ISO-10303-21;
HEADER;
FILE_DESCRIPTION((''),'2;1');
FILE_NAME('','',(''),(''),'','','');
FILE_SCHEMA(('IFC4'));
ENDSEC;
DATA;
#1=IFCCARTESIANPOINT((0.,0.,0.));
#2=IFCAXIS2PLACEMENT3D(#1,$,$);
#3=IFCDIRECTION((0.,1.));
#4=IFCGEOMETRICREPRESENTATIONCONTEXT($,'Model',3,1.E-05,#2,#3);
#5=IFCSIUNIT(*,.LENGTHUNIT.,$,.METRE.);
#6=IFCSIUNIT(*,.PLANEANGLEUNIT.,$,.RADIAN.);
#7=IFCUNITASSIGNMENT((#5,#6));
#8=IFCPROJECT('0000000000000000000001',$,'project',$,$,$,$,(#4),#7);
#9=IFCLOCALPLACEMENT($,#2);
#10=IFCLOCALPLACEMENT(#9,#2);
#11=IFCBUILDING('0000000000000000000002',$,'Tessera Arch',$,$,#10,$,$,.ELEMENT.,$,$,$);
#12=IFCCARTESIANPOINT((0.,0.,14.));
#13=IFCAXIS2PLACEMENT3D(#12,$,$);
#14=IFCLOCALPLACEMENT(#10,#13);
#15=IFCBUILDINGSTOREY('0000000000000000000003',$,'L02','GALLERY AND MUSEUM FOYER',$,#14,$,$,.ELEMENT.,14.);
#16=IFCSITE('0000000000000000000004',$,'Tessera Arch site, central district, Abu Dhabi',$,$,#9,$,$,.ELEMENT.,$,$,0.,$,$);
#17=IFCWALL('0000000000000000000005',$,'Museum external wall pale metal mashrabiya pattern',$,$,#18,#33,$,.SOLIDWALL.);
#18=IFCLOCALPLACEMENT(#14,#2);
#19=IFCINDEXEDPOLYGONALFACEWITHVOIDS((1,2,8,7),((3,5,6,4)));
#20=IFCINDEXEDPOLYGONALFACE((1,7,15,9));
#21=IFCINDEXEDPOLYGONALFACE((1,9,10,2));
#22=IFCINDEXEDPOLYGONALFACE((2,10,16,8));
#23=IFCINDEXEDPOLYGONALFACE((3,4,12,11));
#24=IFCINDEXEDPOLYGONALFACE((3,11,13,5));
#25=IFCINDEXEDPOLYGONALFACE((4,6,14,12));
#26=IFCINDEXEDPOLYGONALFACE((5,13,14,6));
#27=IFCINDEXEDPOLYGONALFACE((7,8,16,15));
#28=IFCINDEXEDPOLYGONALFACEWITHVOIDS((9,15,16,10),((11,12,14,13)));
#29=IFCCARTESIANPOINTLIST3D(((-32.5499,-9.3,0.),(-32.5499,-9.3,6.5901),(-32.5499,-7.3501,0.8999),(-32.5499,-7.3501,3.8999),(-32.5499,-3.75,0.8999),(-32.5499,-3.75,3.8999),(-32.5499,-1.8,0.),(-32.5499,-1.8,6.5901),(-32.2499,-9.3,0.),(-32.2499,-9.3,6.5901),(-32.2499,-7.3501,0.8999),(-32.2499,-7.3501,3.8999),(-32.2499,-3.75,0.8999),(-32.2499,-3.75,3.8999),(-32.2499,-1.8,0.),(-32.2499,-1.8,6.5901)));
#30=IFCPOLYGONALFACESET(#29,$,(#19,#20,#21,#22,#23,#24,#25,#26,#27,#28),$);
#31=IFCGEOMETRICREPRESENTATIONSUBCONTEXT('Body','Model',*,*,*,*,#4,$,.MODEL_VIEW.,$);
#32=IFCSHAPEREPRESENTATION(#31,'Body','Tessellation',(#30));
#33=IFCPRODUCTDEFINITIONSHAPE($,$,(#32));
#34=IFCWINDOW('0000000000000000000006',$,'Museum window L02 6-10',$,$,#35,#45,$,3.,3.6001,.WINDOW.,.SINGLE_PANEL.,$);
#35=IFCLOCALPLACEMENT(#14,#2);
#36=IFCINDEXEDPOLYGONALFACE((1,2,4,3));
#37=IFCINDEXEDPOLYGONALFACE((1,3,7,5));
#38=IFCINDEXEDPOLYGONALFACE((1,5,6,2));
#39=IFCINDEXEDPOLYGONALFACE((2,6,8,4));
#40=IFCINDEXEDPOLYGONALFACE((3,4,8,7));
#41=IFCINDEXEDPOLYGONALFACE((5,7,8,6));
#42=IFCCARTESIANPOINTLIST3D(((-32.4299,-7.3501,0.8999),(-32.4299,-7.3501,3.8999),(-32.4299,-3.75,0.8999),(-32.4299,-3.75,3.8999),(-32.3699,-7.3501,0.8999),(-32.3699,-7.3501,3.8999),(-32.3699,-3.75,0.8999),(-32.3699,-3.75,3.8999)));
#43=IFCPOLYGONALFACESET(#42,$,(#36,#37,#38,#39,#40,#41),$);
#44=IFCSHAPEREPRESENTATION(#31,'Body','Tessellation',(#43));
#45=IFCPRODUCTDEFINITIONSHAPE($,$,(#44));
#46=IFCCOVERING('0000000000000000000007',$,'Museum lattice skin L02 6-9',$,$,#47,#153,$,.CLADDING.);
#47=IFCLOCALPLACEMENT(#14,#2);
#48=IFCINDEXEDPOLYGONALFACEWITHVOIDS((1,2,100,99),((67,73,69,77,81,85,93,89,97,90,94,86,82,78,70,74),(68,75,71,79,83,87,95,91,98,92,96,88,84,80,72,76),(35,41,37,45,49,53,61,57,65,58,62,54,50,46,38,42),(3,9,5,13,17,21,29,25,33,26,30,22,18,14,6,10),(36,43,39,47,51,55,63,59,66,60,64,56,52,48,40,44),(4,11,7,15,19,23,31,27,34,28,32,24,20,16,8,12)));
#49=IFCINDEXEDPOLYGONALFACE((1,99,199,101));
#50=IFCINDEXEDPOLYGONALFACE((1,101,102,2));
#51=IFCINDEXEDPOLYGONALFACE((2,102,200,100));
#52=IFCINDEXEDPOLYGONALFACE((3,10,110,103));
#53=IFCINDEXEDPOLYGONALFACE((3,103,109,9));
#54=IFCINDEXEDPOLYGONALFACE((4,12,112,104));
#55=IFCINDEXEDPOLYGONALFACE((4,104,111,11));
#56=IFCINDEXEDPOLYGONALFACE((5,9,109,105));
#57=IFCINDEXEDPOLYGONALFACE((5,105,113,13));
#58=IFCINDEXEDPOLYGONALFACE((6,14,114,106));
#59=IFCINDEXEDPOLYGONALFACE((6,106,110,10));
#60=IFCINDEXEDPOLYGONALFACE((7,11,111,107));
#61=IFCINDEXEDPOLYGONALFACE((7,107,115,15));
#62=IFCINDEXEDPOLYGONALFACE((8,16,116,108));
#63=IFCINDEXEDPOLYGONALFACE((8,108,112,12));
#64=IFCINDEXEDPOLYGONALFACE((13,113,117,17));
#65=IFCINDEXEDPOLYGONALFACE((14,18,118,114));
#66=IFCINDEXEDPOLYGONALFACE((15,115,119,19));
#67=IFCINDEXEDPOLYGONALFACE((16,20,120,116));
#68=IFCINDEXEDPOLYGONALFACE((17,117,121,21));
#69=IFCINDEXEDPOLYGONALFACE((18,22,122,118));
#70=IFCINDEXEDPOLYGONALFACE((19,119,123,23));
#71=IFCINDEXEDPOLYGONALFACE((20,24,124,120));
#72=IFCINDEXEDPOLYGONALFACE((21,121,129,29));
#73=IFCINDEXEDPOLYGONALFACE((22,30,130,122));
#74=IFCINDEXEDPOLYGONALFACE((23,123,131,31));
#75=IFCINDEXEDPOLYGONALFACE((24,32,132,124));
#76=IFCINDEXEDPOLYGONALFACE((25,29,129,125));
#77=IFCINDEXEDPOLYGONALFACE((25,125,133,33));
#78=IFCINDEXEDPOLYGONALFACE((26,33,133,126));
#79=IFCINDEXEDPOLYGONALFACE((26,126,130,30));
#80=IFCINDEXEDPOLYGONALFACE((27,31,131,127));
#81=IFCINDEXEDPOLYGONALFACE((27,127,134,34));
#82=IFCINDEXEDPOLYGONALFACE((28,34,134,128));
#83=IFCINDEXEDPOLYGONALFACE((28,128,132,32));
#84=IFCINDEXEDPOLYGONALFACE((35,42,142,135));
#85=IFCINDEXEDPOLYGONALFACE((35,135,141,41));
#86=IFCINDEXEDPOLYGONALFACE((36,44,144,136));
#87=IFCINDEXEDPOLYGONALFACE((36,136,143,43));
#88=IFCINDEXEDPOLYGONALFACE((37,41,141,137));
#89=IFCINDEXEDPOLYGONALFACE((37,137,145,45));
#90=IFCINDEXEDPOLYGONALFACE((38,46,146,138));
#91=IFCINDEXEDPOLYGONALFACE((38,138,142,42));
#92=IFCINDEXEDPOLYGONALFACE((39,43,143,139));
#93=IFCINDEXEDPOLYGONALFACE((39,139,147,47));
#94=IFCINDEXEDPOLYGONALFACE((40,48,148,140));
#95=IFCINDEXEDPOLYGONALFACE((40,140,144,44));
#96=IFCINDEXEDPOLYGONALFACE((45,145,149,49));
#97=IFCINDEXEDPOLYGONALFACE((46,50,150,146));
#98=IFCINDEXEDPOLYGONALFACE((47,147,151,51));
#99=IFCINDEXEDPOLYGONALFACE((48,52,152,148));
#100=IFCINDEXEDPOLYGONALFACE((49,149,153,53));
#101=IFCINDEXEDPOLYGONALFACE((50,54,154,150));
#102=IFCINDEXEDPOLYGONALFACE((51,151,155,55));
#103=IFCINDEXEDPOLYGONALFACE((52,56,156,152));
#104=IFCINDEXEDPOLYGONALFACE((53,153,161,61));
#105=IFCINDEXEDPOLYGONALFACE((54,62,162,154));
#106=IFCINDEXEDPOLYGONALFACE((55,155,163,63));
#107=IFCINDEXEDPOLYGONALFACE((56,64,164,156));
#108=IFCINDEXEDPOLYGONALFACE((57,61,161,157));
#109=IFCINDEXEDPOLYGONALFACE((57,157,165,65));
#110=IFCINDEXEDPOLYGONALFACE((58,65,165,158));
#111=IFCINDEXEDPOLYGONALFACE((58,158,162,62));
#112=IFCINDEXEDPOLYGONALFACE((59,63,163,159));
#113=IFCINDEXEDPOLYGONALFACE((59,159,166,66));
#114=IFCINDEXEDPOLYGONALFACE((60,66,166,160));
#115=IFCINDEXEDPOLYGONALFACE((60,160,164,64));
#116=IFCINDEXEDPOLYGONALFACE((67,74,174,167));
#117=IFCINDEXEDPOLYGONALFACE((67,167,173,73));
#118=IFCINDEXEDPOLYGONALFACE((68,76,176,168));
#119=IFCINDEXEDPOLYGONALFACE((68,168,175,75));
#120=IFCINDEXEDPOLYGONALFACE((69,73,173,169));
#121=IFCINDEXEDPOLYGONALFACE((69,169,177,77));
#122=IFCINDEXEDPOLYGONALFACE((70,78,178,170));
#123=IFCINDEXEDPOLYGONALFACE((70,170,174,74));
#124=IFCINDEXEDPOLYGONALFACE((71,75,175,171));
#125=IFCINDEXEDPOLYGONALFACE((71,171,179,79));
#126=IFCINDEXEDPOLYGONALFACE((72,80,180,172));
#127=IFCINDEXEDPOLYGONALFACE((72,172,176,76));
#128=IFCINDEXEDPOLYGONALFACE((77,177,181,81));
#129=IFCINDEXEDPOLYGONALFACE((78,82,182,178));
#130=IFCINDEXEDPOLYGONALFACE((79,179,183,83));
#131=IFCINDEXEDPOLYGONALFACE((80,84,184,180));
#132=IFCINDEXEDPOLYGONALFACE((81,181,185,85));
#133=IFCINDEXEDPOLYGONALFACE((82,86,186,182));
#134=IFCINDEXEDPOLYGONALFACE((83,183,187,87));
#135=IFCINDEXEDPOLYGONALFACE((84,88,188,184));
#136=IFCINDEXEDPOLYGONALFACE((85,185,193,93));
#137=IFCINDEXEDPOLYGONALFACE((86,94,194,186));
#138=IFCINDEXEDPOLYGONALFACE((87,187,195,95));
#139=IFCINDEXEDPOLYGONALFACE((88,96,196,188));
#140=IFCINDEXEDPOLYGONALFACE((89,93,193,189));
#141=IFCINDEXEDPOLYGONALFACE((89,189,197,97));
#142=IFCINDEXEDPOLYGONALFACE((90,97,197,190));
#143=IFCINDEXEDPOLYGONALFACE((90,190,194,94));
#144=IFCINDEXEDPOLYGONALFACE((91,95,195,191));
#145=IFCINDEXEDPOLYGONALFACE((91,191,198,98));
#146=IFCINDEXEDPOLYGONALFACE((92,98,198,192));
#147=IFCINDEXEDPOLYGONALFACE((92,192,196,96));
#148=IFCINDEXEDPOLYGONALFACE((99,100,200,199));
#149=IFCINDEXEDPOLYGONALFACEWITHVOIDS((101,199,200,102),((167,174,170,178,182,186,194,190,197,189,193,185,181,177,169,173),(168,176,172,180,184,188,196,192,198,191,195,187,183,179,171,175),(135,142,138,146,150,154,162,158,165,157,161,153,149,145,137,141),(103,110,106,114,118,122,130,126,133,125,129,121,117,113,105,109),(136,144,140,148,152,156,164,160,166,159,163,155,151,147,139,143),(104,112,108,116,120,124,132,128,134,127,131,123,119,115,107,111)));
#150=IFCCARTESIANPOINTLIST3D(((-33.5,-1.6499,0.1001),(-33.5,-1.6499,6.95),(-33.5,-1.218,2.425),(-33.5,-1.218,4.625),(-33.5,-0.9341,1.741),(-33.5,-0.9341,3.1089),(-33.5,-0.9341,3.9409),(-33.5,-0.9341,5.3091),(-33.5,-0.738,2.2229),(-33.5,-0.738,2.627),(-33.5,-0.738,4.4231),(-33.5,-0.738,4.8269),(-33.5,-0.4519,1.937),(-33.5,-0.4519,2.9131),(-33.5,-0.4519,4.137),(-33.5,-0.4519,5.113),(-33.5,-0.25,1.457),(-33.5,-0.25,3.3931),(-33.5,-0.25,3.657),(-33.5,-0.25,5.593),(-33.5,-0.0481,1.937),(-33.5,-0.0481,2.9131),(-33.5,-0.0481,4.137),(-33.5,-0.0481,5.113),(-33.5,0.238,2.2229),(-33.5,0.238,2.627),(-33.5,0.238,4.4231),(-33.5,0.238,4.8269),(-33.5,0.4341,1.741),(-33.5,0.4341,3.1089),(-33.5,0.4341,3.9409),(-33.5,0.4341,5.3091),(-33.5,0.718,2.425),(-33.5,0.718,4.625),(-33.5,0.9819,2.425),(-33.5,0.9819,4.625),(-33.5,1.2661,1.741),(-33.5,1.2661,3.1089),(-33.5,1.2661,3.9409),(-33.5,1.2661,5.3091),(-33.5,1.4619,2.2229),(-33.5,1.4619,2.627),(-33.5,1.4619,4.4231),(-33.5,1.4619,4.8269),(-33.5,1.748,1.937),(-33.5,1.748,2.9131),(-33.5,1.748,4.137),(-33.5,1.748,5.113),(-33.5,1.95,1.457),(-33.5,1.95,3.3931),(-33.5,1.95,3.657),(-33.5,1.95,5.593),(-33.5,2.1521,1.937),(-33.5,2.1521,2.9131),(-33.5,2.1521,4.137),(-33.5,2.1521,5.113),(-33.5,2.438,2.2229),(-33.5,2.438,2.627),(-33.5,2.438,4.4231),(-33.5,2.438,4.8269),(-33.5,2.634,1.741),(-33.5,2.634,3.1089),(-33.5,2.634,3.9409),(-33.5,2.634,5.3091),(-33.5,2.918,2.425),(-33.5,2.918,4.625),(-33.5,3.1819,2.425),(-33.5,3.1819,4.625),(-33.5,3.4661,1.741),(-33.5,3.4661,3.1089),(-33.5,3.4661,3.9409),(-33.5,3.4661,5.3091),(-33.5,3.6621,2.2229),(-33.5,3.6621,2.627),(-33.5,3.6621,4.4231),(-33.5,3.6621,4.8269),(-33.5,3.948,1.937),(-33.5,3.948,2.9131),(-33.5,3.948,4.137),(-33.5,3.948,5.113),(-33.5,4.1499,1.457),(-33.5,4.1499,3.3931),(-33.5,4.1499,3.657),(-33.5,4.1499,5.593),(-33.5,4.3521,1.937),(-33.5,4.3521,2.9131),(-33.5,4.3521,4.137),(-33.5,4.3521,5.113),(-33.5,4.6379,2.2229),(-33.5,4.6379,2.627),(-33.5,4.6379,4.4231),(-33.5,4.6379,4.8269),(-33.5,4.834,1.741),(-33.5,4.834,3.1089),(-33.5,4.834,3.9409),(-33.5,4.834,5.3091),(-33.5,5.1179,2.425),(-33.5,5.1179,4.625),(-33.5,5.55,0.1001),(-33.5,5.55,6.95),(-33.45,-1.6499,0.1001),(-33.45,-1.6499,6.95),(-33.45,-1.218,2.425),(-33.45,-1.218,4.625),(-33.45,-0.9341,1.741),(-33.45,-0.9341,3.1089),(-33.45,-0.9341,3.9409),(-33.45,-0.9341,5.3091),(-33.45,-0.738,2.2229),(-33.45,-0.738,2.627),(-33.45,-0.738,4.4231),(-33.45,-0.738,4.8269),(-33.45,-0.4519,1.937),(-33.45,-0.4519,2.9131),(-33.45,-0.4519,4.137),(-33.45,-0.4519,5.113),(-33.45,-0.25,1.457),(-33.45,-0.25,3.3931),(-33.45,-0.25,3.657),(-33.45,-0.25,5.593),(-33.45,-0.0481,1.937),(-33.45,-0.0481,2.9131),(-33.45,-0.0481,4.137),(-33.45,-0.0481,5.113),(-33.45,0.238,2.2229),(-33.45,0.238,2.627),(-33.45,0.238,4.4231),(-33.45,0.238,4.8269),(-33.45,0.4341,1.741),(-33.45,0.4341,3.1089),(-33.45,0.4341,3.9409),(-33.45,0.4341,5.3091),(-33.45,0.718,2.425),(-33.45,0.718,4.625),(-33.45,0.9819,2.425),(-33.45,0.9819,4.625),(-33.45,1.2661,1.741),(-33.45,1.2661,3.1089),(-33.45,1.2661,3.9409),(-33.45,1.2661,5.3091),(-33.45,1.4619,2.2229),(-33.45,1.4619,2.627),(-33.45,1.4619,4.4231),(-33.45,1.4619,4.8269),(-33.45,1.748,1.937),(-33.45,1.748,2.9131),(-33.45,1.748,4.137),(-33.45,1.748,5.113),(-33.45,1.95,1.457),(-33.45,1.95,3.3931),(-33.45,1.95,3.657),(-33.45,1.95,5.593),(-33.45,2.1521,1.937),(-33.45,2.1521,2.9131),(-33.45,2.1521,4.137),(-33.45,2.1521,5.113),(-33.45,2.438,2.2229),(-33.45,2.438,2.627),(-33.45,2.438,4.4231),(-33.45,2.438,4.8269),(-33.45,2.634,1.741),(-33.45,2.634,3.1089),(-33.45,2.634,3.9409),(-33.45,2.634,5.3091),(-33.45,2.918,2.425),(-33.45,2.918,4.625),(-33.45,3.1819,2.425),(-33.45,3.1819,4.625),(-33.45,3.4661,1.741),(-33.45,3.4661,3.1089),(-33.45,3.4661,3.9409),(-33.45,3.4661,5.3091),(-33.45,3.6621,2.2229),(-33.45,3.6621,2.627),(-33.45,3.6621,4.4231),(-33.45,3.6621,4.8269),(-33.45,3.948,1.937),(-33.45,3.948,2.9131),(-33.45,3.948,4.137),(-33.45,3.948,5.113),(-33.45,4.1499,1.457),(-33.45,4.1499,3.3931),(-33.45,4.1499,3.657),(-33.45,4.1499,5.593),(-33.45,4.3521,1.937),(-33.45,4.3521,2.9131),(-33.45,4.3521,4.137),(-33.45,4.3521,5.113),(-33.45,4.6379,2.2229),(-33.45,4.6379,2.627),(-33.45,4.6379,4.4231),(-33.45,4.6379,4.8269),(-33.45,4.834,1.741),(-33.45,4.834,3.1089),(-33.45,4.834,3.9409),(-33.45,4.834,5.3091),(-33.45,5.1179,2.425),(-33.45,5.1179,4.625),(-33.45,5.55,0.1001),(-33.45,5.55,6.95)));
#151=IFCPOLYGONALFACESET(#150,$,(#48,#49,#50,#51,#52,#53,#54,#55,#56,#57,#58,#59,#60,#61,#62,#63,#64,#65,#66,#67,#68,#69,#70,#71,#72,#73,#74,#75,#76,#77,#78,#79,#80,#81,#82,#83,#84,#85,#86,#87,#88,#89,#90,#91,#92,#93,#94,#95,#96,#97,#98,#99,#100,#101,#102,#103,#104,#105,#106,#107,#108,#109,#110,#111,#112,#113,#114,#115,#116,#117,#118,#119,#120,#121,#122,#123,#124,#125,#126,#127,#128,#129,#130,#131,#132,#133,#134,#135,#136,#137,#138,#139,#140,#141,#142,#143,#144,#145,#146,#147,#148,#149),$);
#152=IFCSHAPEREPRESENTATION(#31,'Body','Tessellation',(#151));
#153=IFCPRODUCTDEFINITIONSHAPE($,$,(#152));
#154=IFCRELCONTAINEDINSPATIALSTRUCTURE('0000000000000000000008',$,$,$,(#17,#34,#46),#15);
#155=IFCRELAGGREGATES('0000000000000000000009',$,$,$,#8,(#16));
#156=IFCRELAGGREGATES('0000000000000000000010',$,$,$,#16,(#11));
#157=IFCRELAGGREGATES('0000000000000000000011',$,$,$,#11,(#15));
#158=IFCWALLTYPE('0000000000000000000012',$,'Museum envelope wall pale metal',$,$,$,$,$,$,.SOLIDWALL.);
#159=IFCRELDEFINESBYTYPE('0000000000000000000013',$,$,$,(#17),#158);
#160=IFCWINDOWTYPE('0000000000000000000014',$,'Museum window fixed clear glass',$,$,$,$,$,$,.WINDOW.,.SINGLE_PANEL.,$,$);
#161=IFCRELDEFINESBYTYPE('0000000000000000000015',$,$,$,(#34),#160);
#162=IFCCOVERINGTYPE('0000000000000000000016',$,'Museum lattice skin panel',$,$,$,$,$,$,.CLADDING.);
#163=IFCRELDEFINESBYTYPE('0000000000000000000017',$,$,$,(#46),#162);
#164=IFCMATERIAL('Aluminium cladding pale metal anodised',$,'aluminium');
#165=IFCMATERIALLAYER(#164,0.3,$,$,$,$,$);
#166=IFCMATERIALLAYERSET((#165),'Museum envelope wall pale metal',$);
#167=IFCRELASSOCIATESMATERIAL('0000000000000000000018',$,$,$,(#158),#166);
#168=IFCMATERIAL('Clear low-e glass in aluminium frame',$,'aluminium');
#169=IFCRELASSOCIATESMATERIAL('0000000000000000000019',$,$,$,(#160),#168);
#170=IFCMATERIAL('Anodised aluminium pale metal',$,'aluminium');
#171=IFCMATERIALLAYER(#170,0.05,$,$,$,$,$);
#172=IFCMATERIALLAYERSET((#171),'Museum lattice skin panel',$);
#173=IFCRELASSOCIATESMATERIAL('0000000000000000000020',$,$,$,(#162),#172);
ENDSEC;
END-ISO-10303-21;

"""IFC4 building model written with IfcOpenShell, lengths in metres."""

from ifc_helpers import new_model, si_unit, direction, frame, frame_2d, origin, place, context, subcontext, project, spatial, polyline, rectangle, outline, extrude, material, layer, layer_set, type_object, element, fill, save


model = new_model("IFC4")

# Units and contexts
model_context = context("Model", 3, precision=1e-05, world=origin(), true_north=direction((0.0, 1.0)))
body_context = subcontext(model_context, "Body", "Model", "MODEL_VIEW")
ifc_project = project(units=[si_unit("LENGTHUNIT", "METRE"), si_unit("PLANEANGLEUNIT", "RADIAN")], contexts=[model_context])

# Site, building, storey
site_placement = place(None, origin())
site = spatial("IfcSite", under=ifc_project, at=site_placement, Name="Tessera Arch site, central district, Abu Dhabi", CompositionType="ELEMENT", RefElevation=0.0)
building_placement = place(site_placement, origin())
building = spatial("IfcBuilding", under=site, at=building_placement, Name="Tessera Arch", CompositionType="ELEMENT")
storey_placement = place(building_placement, frame((0.0, 0.0, 14.0)))
storey = spatial("IfcBuildingStorey", under=building, at=storey_placement, Name="L02", Description="GALLERY AND MUSEUM FOYER", CompositionType="ELEMENT", Elevation=14.0)

# Wall, opening, window
ifc_material_1 = material(Name="Aluminium cladding pale metal anodised", Category="aluminium")
ifc_layer_1 = layer(ifc_material_1, 0.3)
ifc_layer_set_1 = layer_set([ifc_layer_1], Name="Museum envelope wall pale metal")
wall_type = type_object("IfcWallType", Name="Museum envelope wall pale metal", PredefinedType="SOLIDWALL", material=ifc_layer_set_1)
ifc_material_2 = material(Name="Clear low-e glass in aluminium frame", Category="aluminium")
window_type = type_object("IfcWindowType", Name="Museum window fixed clear glass", PartitioningType="SINGLE_PANEL", PredefinedType="WINDOW", material=ifc_material_2)
wall_1_placement = place(storey_placement, frame((-32.3999, -1.8, 0.0), z_axis=(0.0, 0.0, 1.0), x_axis=(0.0, -1.0, 0.0)))
wall_1 = element("IfcWall", 1, at=wall_1_placement, inside=storey, type_object=wall_type, Name="Museum external wall pale metal mashrabiya pattern", PredefinedType="SOLIDWALL", context=body_context, shape_type="SweptSolid", body=[
    extrude(rectangle(XDim=7.5, YDim=0.3, at=frame_2d((3.75, 0.0))), origin(), (0.0, 0.0, 1.0), 6.5901),
])
opening_1_placement = place(wall_1_placement, frame((1.95, 0.0, 0.8999)))
opening_1 = element("IfcOpeningElement", 2, at=opening_1_placement, cuts=wall_1, PredefinedType="OPENING", context=body_context, shape_type="SweptSolid", body=[
    extrude(rectangle(XDim=3.6001, YDim=3.0, at=frame_2d((1.8, 1.5))), frame((0.0, 0.1599, 0.0), z_axis=(0.0, -1.0, 0.0), x_axis=(1.0, 0.0, 0.0)), (0.0, 0.0, 1.0), 0.3201),
])
window_1_placement = place(opening_1_placement, origin())
window_1 = element("IfcWindow", 3, at=window_1_placement, inside=storey, type_object=window_type, Name="Museum window L02 6-10", OverallHeight=3.0, OverallWidth=3.6001, PartitioningType="SINGLE_PANEL", PredefinedType="WINDOW", context=body_context, shape_type="SweptSolid", body=[
    extrude(rectangle(XDim=3.6001, YDim=3.0, at=frame_2d((1.8, 1.5))), frame((0.0, 0.03, 0.0), z_axis=(0.0, -1.0, 0.0), x_axis=(1.0, 0.0, 0.0)), (0.0, 0.0, 1.0), 0.0601),
])
fill(opening_1, window_1)

# Covering
ifc_material_3 = material(Name="Anodised aluminium pale metal", Category="aluminium")
ifc_layer_2 = layer(ifc_material_3, 0.05)
ifc_layer_set_2 = layer_set([ifc_layer_2], Name="Museum lattice skin panel")
covering_type_1 = type_object("IfcCoveringType", Name="Museum lattice skin panel", PredefinedType="CLADDING", material=ifc_layer_set_2)
covering_1_placement = place(storey_placement, frame((-33.45, 5.55, 6.95), z_axis=(1.0, 0.0, 0.0), x_axis=(0.0, -1.0, 0.0)))
element("IfcCovering", 4, at=covering_1_placement, inside=storey, type_object=covering_type_1, Name="Museum lattice skin L02 6-9", PredefinedType="CLADDING", context=body_context, shape_type="SweptSolid", body=[
    extrude(outline(polyline([(0.0, 0.0), (7.2, 0.0), (7.2, 6.8499), (0.0, 6.8499), (0.0, 0.0)]), holes=[polyline([(2.3682, 4.5249), (1.8879, 4.323), (2.084, 3.8411), (1.6021, 4.0369), (1.4001, 3.5569), (1.198, 4.0369), (0.7161, 3.8411), (0.9121, 4.323), (0.4321, 4.5249), (0.9121, 4.7271), (0.7161, 5.209), (1.198, 5.0129), (1.4001, 5.4929), (1.6021, 5.0129), (2.084, 5.209), (1.8879, 4.7271), (2.3682, 4.5249)]), polyline([(2.3682, 2.325), (1.8879, 2.123), (2.084, 1.6409), (1.6021, 1.8369), (1.4001, 1.3569), (1.198, 1.8369), (0.7161, 1.6409), (0.9121, 2.123), (0.4321, 2.325), (0.9121, 2.5269), (0.7161, 3.009), (1.198, 2.813), (1.4001, 3.293), (1.6021, 2.813), (2.084, 3.009), (1.8879, 2.5269), (2.3682, 2.325)]), polyline([(4.5681, 4.5249), (4.0881, 4.323), (4.2839, 3.8411), (3.802, 4.0369), (3.6001, 3.5569), (3.3979, 4.0369), (2.916, 3.8411), (3.1121, 4.323), (2.6321, 4.5249), (3.1121, 4.7271), (2.916, 5.209), (3.3979, 5.0129), (3.6001, 5.4929), (3.802, 5.0129), (4.2839, 5.209), (4.0881, 4.7271), (4.5681, 4.5249)]), polyline([(4.5681, 2.325), (4.0881, 2.123), (4.2839, 1.6409), (3.802, 1.8369), (3.6001, 1.3569), (3.3979, 1.8369), (2.916, 1.6409), (3.1121, 2.123), (2.6321, 2.325), (3.1121, 2.5269), (2.916, 3.009), (3.3979, 2.813), (3.6001, 3.293), (3.802, 2.813), (4.2839, 3.009), (4.0881, 2.5269), (4.5681, 2.325)]), polyline([(6.7681, 4.5249), (6.2881, 4.323), (6.4841, 3.8411), (6.002, 4.0369), (5.8, 3.5569), (5.5981, 4.0369), (5.116, 3.8411), (5.312, 4.323), (4.832, 4.5249), (5.312, 4.7271), (5.116, 5.209), (5.5981, 5.0129), (5.8, 5.4929), (6.002, 5.0129), (6.4841, 5.209), (6.2881, 4.7271), (6.7681, 4.5249)]), polyline([(6.7681, 2.325), (6.2881, 2.123), (6.4841, 1.6409), (6.002, 1.8369), (5.8, 1.3569), (5.5981, 1.8369), (5.116, 1.6409), (5.312, 2.123), (4.832, 2.325), (5.312, 2.5269), (5.116, 3.009), (5.5981, 2.813), (5.8, 3.293), (6.002, 2.813), (6.4841, 3.009), (6.2881, 2.5269), (6.7681, 2.325)])]), origin(), (0.0, 0.0, -1.0), 0.05),
])

save(model, "model.ifc")
